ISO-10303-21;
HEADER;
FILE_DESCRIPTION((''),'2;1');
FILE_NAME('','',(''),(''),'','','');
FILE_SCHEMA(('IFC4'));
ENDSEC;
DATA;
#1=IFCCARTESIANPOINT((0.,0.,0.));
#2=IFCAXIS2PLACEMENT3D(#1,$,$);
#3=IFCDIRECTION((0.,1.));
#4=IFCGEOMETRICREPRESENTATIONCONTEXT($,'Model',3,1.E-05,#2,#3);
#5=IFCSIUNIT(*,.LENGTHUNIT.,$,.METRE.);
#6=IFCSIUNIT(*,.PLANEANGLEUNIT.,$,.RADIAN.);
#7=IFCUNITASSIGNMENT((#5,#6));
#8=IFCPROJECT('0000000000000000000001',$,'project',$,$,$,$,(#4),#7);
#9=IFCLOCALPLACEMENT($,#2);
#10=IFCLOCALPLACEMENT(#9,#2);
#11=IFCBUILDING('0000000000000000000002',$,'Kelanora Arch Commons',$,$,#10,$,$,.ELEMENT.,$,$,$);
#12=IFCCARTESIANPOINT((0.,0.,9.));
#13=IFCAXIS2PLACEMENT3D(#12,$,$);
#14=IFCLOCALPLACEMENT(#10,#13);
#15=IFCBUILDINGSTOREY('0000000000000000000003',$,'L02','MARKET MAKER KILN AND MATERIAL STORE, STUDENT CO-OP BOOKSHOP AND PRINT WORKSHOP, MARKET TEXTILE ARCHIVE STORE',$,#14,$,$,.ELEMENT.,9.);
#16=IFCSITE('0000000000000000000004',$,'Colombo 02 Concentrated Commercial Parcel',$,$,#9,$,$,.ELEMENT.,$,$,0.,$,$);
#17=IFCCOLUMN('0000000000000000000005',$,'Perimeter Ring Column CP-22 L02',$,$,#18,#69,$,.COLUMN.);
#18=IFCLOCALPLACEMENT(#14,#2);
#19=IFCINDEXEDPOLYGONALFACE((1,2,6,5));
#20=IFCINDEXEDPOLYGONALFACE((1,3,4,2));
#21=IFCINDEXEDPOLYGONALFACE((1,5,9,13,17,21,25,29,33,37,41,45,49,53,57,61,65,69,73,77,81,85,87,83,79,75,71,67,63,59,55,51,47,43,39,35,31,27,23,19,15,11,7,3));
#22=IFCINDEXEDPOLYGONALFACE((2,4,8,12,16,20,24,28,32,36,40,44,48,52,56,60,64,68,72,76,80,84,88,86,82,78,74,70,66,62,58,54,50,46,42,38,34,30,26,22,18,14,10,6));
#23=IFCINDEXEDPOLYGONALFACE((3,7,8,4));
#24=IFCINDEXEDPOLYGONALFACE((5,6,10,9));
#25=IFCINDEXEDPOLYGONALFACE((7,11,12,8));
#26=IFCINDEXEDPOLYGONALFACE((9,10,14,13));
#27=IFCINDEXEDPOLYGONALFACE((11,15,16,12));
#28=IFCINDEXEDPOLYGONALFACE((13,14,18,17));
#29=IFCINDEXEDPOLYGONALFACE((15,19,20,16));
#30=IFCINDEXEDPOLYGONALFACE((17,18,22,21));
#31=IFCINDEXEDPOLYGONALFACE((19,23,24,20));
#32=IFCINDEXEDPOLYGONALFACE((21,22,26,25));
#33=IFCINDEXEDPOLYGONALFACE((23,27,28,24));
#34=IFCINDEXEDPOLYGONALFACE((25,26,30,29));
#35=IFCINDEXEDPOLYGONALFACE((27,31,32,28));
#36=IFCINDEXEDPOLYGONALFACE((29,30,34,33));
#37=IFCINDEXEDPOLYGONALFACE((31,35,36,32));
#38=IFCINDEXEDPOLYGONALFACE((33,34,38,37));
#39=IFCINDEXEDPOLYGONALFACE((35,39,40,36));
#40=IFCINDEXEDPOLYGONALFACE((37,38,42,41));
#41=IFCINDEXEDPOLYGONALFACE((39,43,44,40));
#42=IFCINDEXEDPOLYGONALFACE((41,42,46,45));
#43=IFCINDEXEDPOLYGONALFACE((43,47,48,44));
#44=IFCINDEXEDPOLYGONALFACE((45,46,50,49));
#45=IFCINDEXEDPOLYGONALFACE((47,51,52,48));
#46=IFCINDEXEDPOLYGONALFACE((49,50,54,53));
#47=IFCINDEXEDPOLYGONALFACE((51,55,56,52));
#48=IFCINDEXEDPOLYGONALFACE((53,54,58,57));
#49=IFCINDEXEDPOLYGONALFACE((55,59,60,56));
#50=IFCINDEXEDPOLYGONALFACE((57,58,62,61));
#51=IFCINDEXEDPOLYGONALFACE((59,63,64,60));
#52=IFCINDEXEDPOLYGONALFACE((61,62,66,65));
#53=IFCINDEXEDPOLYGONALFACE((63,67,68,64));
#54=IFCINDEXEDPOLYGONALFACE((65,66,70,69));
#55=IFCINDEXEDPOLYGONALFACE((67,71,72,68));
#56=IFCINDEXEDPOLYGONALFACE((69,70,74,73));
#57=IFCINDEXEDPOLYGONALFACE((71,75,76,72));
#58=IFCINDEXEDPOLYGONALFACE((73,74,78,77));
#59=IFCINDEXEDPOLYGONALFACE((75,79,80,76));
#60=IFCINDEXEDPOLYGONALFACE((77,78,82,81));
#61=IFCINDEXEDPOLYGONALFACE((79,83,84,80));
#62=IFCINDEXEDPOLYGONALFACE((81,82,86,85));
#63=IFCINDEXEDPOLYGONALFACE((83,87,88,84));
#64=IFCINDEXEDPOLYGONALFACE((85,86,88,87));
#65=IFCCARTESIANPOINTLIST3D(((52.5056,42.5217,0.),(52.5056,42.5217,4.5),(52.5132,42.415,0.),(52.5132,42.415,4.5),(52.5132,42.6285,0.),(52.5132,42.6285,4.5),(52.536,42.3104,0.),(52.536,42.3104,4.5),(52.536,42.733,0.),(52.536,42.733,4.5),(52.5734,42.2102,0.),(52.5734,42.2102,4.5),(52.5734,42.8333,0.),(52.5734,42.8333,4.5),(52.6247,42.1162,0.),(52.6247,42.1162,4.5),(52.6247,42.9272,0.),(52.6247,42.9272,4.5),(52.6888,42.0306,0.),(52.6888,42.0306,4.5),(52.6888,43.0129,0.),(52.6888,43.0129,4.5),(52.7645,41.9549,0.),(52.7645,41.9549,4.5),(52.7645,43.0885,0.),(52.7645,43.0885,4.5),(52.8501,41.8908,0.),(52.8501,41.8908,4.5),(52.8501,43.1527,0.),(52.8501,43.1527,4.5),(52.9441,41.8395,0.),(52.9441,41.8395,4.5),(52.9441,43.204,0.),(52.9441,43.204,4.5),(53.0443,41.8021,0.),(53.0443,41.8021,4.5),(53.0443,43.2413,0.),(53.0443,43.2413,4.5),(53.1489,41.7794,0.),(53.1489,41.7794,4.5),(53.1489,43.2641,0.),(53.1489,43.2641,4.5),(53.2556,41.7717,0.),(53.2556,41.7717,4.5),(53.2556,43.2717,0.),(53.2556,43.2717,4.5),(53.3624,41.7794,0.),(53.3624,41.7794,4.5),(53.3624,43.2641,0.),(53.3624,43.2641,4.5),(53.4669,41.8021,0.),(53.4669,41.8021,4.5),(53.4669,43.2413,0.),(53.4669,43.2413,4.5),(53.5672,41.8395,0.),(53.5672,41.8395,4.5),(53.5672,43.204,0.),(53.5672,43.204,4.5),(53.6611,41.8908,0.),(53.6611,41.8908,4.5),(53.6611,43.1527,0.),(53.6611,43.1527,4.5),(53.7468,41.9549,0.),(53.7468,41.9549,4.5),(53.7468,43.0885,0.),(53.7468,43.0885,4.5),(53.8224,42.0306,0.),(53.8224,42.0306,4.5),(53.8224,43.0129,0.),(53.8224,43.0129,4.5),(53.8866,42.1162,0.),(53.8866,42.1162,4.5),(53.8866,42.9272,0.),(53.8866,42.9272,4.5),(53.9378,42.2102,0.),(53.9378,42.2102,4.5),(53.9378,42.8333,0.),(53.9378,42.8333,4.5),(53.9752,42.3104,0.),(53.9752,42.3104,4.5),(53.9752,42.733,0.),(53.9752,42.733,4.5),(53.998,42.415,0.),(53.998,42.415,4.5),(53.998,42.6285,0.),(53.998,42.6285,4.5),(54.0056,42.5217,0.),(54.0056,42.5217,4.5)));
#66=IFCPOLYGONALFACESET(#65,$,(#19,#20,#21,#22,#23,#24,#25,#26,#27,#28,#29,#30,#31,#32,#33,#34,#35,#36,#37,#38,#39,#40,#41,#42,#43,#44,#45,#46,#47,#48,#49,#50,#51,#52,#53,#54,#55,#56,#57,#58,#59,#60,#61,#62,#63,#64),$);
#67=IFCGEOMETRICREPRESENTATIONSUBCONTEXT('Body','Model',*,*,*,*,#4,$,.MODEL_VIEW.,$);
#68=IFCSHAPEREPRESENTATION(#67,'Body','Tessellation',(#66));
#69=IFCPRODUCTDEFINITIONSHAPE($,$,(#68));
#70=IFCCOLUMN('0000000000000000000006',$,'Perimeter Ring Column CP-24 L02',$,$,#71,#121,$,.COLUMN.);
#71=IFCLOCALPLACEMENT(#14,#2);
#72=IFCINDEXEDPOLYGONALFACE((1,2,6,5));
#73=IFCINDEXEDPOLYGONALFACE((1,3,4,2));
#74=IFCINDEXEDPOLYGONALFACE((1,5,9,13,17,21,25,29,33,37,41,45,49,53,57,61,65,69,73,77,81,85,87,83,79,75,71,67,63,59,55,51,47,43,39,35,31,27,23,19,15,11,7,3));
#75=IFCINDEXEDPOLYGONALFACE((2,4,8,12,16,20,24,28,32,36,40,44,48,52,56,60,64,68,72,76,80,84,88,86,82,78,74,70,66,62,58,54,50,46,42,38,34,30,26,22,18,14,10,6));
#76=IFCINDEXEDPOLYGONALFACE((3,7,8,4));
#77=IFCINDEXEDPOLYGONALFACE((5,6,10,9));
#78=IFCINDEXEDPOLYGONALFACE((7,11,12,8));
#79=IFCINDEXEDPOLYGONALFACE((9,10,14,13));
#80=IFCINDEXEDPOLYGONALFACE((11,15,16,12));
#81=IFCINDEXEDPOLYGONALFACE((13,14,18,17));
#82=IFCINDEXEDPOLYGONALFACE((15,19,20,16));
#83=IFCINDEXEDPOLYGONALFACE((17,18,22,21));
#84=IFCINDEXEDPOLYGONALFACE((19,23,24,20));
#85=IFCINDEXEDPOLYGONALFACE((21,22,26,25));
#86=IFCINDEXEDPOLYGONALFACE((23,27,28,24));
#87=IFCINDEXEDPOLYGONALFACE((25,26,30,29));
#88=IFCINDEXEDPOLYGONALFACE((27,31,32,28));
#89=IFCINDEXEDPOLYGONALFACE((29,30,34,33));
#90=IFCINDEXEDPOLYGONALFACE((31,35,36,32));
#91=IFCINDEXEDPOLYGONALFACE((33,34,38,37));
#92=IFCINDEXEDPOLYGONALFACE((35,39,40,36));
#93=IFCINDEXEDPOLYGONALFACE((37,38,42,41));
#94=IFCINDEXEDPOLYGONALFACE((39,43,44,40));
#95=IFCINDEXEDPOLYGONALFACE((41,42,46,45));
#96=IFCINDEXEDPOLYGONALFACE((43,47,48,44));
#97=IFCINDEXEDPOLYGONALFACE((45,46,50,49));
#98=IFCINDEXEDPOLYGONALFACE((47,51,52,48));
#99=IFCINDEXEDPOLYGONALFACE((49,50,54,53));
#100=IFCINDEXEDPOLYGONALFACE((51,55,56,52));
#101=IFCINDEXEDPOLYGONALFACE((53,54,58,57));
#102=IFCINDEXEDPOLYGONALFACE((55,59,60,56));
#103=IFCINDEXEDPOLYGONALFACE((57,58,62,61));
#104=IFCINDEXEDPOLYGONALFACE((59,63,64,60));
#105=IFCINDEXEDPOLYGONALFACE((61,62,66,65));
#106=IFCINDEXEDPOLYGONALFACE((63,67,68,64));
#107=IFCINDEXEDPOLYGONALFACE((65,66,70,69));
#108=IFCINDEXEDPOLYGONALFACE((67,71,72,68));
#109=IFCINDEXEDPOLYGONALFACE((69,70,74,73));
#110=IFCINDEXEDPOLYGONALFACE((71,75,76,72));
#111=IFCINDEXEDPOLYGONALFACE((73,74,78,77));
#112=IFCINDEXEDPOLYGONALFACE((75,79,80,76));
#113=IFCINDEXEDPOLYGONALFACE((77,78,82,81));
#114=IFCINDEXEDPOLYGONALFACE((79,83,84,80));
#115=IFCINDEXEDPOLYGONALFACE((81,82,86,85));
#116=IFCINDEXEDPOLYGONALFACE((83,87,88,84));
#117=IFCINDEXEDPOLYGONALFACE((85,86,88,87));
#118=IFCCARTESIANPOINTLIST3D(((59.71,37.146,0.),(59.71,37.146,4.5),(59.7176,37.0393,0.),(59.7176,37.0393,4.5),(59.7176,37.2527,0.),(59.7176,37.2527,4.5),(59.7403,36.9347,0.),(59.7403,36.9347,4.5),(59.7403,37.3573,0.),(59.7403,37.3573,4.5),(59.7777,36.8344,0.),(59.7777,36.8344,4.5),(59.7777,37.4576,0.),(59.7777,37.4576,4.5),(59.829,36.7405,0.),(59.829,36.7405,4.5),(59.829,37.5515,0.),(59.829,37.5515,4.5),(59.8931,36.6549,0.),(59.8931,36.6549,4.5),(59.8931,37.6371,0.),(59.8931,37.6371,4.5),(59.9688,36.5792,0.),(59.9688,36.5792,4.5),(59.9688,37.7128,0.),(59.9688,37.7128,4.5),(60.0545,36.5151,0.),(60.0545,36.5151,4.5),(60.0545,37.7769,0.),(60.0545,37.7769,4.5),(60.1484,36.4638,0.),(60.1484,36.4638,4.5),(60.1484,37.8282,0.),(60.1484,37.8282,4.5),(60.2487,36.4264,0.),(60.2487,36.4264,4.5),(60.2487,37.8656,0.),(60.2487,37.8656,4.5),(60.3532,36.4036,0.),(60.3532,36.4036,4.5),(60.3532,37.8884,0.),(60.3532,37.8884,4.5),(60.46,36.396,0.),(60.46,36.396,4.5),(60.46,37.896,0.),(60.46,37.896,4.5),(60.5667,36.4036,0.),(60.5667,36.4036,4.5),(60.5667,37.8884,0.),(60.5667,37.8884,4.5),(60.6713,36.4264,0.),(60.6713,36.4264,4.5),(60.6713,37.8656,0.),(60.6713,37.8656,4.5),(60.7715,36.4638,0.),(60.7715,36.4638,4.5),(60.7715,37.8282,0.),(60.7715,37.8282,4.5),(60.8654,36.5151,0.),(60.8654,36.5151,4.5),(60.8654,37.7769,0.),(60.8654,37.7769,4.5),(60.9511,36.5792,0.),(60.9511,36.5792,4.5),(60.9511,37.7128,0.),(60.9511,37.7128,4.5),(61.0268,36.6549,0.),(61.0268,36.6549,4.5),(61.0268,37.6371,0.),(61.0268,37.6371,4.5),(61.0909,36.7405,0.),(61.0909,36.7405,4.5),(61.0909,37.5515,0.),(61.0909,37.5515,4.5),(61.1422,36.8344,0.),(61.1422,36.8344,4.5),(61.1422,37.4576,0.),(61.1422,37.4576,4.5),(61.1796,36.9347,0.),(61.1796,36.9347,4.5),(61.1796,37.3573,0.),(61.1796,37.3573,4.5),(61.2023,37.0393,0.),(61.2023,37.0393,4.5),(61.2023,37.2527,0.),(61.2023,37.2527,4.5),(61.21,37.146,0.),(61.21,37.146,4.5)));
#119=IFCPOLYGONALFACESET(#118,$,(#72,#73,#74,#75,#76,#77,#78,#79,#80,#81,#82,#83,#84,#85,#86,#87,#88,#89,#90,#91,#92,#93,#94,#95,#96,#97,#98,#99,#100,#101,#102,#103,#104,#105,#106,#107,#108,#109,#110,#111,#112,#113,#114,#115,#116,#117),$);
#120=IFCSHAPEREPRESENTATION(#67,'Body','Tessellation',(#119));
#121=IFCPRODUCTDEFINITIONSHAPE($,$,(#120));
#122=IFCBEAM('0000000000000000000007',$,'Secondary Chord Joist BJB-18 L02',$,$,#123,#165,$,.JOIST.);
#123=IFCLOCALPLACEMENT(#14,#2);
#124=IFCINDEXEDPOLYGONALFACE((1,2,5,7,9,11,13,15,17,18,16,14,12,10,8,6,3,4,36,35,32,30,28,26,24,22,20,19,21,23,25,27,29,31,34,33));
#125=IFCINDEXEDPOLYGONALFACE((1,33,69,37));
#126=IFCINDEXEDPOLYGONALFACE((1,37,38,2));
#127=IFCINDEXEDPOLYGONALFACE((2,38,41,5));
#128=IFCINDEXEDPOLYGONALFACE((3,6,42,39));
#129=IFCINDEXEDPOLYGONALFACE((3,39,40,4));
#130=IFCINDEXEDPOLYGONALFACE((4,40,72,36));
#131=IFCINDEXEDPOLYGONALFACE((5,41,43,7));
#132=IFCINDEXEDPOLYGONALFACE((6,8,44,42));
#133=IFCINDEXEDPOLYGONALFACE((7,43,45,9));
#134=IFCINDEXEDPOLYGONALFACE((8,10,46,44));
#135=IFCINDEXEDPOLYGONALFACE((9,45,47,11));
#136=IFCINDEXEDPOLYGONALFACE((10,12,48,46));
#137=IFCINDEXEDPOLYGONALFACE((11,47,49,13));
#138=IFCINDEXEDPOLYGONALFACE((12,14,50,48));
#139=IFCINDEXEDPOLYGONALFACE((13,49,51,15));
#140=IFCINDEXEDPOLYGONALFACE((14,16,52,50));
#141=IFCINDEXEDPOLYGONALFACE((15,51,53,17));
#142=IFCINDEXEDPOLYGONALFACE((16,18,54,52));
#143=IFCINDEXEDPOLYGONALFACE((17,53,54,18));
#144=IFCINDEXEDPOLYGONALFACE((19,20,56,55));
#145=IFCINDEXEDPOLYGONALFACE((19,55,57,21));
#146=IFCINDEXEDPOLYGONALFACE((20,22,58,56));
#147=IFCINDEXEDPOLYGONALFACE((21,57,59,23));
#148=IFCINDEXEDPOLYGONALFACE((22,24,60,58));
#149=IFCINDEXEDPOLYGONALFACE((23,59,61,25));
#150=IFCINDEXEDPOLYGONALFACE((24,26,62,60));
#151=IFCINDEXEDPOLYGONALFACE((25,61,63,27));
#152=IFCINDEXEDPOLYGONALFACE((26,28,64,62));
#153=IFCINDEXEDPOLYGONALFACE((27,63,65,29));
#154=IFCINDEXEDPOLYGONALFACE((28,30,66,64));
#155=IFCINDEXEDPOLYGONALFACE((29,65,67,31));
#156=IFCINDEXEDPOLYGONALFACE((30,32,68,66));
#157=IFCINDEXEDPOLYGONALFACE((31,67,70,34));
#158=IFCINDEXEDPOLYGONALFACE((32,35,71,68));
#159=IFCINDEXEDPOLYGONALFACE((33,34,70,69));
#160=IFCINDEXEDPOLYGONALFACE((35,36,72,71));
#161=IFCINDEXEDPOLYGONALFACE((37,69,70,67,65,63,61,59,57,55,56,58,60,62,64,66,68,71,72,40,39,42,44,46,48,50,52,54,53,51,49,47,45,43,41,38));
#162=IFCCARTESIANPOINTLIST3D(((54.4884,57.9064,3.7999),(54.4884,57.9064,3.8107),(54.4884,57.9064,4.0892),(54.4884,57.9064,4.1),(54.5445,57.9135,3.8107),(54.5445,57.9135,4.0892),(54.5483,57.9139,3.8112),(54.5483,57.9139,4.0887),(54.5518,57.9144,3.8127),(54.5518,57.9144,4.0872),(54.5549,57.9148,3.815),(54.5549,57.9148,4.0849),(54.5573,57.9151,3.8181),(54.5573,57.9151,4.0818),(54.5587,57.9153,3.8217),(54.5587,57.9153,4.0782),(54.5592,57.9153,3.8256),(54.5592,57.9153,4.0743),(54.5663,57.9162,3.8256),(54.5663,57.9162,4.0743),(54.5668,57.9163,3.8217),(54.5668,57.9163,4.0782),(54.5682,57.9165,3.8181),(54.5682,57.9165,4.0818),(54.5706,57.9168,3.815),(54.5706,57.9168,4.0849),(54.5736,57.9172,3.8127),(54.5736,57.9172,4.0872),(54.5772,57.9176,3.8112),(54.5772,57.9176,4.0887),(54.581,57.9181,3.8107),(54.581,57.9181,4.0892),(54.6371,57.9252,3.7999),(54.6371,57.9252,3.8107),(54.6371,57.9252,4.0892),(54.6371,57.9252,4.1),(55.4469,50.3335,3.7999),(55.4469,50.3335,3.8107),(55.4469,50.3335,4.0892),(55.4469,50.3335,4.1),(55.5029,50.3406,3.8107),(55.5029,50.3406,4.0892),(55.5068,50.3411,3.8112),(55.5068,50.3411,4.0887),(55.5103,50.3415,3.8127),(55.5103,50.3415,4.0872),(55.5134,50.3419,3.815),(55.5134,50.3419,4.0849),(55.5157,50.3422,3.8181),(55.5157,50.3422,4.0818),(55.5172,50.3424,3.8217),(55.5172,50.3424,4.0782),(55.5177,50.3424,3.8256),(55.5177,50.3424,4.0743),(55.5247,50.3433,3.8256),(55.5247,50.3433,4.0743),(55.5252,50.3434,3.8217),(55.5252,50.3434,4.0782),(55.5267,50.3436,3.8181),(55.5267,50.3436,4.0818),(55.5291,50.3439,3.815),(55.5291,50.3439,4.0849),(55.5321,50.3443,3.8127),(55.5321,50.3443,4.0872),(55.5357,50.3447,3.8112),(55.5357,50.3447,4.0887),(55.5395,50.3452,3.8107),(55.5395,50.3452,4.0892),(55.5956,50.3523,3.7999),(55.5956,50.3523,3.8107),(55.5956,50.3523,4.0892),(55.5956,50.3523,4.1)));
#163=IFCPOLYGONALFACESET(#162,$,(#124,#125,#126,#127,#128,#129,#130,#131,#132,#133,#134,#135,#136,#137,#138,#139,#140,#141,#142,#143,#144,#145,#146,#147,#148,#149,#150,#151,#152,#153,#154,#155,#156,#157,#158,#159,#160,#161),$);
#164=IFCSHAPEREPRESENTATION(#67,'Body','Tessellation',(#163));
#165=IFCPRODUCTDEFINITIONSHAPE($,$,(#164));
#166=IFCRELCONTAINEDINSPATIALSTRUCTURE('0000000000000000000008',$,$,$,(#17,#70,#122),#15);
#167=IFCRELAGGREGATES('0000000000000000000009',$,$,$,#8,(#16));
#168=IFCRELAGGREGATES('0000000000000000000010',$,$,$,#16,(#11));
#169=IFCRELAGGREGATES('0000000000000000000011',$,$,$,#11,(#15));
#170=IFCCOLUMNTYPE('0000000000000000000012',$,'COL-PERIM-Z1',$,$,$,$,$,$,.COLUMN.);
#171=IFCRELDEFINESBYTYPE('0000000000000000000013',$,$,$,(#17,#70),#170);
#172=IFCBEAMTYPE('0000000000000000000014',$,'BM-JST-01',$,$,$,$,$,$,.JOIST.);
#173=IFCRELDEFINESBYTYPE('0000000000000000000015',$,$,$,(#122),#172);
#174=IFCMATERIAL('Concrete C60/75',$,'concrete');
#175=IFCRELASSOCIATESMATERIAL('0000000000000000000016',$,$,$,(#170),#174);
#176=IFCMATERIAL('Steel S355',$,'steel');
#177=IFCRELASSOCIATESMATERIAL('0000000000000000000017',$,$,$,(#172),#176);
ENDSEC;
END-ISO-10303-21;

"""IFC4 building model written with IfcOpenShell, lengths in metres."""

from ifc_helpers import new_model, si_unit, direction, frame, origin, origin_2d, place, context, subcontext, project, spatial, circle, i_section, extrude, material, material_profile, profile_set, type_object, element, save


model = new_model("IFC4")

# Units and contexts
model_context = context("Model", 3, precision=1e-05, world=origin(), true_north=direction((0.0, 1.0)))
body_context = subcontext(model_context, "Body", "Model", "MODEL_VIEW")
ifc_project = project(units=[si_unit("LENGTHUNIT", "METRE"), si_unit("PLANEANGLEUNIT", "RADIAN")], contexts=[model_context])

# Site, building, storey
site_placement = place(None, origin())
site = spatial("IfcSite", under=ifc_project, at=site_placement, Name="Colombo 02 Concentrated Commercial Parcel", CompositionType="ELEMENT", RefElevation=0.0)
building_placement = place(site_placement, origin())
building = spatial("IfcBuilding", under=site, at=building_placement, Name="Kelanora Arch Commons", CompositionType="ELEMENT")
storey_placement = place(building_placement, frame((0.0, 0.0, 9.0)))
storey = spatial("IfcBuildingStorey", under=building, at=storey_placement, Name="L02", Description="MARKET MAKER KILN AND MATERIAL STORE, STUDENT CO-OP BOOKSHOP AND PRINT WORKSHOP, MARKET TEXTILE ARCHIVE STORE", CompositionType="ELEMENT", Elevation=9.0)

# Columns
ifc_material_1 = material(Name="Concrete C60/75", Category="concrete")
ifc_material_profile_1 = material_profile(ifc_material_1, circle(Radius=0.75, at=origin_2d()), Name="RCC1500")
ifc_profile_set_1 = profile_set([ifc_material_profile_1], Name="Concrete C60/75")
column_type = type_object("IfcColumnType", Name="COL-PERIM-Z1", PredefinedType="COLUMN", material=ifc_profile_set_1)
for number, where, z_axis, x_axis, name in (
    (1, (53.2556, 42.5217, 0.0), (0.0, 0.0, 1.0), (1.0, 0.0, 0.0), "Perimeter Ring Column CP-22 L02"),
    (2, (60.46, 37.146, 0.0), (0.0, 0.0, 1.0), (1.0, 0.0, 0.0), "Perimeter Ring Column CP-24 L02"),
):
    element("IfcColumn", number, at=place(storey_placement, frame(where, z_axis=z_axis, x_axis=x_axis)), inside=storey, type_object=column_type, Name=name, PredefinedType="COLUMN", context=body_context, shape_type="SweptSolid", body=[
        extrude(circle(Radius=0.75, at=origin_2d()), origin(), (0.0, 0.0, 1.0), 4.5),
    ])

# Beam
ifc_material_2 = material(Name="Steel S355", Category="steel")
ifc_material_profile_2 = material_profile(ifc_material_2, i_section(OverallWidth=0.1499, OverallDepth=0.3, WebThickness=0.0071, FlangeThickness=0.0107, FilletRadius=0.0149, at=origin_2d()), Name="IPE300")
ifc_profile_set_2 = profile_set([ifc_material_profile_2], Name="Steel S355")
beam_type_1 = type_object("IfcBeamType", Name="BM-JST-01", PredefinedType="JOIST", material=ifc_profile_set_2)
beam_1_placement = place(storey_placement, frame((54.5627, 57.9158, 3.95), z_axis=(0.125566, -0.992085, 0.0), x_axis=(0.992085, 0.125566, 0.0)))
element("IfcBeam", 3, at=beam_1_placement, inside=storey, type_object=beam_type_1, Name="Secondary Chord Joist BJB-18 L02", PredefinedType="JOIST", context=body_context, shape_type="SweptSolid", body=[
    extrude(i_section(OverallWidth=0.1499, OverallDepth=0.3, WebThickness=0.0071, FlangeThickness=0.0107, FilletRadius=0.0149, at=origin_2d()), origin(), (0.0, 0.0, 1.0), 7.6333),
])

save(model, "model.ifc")
